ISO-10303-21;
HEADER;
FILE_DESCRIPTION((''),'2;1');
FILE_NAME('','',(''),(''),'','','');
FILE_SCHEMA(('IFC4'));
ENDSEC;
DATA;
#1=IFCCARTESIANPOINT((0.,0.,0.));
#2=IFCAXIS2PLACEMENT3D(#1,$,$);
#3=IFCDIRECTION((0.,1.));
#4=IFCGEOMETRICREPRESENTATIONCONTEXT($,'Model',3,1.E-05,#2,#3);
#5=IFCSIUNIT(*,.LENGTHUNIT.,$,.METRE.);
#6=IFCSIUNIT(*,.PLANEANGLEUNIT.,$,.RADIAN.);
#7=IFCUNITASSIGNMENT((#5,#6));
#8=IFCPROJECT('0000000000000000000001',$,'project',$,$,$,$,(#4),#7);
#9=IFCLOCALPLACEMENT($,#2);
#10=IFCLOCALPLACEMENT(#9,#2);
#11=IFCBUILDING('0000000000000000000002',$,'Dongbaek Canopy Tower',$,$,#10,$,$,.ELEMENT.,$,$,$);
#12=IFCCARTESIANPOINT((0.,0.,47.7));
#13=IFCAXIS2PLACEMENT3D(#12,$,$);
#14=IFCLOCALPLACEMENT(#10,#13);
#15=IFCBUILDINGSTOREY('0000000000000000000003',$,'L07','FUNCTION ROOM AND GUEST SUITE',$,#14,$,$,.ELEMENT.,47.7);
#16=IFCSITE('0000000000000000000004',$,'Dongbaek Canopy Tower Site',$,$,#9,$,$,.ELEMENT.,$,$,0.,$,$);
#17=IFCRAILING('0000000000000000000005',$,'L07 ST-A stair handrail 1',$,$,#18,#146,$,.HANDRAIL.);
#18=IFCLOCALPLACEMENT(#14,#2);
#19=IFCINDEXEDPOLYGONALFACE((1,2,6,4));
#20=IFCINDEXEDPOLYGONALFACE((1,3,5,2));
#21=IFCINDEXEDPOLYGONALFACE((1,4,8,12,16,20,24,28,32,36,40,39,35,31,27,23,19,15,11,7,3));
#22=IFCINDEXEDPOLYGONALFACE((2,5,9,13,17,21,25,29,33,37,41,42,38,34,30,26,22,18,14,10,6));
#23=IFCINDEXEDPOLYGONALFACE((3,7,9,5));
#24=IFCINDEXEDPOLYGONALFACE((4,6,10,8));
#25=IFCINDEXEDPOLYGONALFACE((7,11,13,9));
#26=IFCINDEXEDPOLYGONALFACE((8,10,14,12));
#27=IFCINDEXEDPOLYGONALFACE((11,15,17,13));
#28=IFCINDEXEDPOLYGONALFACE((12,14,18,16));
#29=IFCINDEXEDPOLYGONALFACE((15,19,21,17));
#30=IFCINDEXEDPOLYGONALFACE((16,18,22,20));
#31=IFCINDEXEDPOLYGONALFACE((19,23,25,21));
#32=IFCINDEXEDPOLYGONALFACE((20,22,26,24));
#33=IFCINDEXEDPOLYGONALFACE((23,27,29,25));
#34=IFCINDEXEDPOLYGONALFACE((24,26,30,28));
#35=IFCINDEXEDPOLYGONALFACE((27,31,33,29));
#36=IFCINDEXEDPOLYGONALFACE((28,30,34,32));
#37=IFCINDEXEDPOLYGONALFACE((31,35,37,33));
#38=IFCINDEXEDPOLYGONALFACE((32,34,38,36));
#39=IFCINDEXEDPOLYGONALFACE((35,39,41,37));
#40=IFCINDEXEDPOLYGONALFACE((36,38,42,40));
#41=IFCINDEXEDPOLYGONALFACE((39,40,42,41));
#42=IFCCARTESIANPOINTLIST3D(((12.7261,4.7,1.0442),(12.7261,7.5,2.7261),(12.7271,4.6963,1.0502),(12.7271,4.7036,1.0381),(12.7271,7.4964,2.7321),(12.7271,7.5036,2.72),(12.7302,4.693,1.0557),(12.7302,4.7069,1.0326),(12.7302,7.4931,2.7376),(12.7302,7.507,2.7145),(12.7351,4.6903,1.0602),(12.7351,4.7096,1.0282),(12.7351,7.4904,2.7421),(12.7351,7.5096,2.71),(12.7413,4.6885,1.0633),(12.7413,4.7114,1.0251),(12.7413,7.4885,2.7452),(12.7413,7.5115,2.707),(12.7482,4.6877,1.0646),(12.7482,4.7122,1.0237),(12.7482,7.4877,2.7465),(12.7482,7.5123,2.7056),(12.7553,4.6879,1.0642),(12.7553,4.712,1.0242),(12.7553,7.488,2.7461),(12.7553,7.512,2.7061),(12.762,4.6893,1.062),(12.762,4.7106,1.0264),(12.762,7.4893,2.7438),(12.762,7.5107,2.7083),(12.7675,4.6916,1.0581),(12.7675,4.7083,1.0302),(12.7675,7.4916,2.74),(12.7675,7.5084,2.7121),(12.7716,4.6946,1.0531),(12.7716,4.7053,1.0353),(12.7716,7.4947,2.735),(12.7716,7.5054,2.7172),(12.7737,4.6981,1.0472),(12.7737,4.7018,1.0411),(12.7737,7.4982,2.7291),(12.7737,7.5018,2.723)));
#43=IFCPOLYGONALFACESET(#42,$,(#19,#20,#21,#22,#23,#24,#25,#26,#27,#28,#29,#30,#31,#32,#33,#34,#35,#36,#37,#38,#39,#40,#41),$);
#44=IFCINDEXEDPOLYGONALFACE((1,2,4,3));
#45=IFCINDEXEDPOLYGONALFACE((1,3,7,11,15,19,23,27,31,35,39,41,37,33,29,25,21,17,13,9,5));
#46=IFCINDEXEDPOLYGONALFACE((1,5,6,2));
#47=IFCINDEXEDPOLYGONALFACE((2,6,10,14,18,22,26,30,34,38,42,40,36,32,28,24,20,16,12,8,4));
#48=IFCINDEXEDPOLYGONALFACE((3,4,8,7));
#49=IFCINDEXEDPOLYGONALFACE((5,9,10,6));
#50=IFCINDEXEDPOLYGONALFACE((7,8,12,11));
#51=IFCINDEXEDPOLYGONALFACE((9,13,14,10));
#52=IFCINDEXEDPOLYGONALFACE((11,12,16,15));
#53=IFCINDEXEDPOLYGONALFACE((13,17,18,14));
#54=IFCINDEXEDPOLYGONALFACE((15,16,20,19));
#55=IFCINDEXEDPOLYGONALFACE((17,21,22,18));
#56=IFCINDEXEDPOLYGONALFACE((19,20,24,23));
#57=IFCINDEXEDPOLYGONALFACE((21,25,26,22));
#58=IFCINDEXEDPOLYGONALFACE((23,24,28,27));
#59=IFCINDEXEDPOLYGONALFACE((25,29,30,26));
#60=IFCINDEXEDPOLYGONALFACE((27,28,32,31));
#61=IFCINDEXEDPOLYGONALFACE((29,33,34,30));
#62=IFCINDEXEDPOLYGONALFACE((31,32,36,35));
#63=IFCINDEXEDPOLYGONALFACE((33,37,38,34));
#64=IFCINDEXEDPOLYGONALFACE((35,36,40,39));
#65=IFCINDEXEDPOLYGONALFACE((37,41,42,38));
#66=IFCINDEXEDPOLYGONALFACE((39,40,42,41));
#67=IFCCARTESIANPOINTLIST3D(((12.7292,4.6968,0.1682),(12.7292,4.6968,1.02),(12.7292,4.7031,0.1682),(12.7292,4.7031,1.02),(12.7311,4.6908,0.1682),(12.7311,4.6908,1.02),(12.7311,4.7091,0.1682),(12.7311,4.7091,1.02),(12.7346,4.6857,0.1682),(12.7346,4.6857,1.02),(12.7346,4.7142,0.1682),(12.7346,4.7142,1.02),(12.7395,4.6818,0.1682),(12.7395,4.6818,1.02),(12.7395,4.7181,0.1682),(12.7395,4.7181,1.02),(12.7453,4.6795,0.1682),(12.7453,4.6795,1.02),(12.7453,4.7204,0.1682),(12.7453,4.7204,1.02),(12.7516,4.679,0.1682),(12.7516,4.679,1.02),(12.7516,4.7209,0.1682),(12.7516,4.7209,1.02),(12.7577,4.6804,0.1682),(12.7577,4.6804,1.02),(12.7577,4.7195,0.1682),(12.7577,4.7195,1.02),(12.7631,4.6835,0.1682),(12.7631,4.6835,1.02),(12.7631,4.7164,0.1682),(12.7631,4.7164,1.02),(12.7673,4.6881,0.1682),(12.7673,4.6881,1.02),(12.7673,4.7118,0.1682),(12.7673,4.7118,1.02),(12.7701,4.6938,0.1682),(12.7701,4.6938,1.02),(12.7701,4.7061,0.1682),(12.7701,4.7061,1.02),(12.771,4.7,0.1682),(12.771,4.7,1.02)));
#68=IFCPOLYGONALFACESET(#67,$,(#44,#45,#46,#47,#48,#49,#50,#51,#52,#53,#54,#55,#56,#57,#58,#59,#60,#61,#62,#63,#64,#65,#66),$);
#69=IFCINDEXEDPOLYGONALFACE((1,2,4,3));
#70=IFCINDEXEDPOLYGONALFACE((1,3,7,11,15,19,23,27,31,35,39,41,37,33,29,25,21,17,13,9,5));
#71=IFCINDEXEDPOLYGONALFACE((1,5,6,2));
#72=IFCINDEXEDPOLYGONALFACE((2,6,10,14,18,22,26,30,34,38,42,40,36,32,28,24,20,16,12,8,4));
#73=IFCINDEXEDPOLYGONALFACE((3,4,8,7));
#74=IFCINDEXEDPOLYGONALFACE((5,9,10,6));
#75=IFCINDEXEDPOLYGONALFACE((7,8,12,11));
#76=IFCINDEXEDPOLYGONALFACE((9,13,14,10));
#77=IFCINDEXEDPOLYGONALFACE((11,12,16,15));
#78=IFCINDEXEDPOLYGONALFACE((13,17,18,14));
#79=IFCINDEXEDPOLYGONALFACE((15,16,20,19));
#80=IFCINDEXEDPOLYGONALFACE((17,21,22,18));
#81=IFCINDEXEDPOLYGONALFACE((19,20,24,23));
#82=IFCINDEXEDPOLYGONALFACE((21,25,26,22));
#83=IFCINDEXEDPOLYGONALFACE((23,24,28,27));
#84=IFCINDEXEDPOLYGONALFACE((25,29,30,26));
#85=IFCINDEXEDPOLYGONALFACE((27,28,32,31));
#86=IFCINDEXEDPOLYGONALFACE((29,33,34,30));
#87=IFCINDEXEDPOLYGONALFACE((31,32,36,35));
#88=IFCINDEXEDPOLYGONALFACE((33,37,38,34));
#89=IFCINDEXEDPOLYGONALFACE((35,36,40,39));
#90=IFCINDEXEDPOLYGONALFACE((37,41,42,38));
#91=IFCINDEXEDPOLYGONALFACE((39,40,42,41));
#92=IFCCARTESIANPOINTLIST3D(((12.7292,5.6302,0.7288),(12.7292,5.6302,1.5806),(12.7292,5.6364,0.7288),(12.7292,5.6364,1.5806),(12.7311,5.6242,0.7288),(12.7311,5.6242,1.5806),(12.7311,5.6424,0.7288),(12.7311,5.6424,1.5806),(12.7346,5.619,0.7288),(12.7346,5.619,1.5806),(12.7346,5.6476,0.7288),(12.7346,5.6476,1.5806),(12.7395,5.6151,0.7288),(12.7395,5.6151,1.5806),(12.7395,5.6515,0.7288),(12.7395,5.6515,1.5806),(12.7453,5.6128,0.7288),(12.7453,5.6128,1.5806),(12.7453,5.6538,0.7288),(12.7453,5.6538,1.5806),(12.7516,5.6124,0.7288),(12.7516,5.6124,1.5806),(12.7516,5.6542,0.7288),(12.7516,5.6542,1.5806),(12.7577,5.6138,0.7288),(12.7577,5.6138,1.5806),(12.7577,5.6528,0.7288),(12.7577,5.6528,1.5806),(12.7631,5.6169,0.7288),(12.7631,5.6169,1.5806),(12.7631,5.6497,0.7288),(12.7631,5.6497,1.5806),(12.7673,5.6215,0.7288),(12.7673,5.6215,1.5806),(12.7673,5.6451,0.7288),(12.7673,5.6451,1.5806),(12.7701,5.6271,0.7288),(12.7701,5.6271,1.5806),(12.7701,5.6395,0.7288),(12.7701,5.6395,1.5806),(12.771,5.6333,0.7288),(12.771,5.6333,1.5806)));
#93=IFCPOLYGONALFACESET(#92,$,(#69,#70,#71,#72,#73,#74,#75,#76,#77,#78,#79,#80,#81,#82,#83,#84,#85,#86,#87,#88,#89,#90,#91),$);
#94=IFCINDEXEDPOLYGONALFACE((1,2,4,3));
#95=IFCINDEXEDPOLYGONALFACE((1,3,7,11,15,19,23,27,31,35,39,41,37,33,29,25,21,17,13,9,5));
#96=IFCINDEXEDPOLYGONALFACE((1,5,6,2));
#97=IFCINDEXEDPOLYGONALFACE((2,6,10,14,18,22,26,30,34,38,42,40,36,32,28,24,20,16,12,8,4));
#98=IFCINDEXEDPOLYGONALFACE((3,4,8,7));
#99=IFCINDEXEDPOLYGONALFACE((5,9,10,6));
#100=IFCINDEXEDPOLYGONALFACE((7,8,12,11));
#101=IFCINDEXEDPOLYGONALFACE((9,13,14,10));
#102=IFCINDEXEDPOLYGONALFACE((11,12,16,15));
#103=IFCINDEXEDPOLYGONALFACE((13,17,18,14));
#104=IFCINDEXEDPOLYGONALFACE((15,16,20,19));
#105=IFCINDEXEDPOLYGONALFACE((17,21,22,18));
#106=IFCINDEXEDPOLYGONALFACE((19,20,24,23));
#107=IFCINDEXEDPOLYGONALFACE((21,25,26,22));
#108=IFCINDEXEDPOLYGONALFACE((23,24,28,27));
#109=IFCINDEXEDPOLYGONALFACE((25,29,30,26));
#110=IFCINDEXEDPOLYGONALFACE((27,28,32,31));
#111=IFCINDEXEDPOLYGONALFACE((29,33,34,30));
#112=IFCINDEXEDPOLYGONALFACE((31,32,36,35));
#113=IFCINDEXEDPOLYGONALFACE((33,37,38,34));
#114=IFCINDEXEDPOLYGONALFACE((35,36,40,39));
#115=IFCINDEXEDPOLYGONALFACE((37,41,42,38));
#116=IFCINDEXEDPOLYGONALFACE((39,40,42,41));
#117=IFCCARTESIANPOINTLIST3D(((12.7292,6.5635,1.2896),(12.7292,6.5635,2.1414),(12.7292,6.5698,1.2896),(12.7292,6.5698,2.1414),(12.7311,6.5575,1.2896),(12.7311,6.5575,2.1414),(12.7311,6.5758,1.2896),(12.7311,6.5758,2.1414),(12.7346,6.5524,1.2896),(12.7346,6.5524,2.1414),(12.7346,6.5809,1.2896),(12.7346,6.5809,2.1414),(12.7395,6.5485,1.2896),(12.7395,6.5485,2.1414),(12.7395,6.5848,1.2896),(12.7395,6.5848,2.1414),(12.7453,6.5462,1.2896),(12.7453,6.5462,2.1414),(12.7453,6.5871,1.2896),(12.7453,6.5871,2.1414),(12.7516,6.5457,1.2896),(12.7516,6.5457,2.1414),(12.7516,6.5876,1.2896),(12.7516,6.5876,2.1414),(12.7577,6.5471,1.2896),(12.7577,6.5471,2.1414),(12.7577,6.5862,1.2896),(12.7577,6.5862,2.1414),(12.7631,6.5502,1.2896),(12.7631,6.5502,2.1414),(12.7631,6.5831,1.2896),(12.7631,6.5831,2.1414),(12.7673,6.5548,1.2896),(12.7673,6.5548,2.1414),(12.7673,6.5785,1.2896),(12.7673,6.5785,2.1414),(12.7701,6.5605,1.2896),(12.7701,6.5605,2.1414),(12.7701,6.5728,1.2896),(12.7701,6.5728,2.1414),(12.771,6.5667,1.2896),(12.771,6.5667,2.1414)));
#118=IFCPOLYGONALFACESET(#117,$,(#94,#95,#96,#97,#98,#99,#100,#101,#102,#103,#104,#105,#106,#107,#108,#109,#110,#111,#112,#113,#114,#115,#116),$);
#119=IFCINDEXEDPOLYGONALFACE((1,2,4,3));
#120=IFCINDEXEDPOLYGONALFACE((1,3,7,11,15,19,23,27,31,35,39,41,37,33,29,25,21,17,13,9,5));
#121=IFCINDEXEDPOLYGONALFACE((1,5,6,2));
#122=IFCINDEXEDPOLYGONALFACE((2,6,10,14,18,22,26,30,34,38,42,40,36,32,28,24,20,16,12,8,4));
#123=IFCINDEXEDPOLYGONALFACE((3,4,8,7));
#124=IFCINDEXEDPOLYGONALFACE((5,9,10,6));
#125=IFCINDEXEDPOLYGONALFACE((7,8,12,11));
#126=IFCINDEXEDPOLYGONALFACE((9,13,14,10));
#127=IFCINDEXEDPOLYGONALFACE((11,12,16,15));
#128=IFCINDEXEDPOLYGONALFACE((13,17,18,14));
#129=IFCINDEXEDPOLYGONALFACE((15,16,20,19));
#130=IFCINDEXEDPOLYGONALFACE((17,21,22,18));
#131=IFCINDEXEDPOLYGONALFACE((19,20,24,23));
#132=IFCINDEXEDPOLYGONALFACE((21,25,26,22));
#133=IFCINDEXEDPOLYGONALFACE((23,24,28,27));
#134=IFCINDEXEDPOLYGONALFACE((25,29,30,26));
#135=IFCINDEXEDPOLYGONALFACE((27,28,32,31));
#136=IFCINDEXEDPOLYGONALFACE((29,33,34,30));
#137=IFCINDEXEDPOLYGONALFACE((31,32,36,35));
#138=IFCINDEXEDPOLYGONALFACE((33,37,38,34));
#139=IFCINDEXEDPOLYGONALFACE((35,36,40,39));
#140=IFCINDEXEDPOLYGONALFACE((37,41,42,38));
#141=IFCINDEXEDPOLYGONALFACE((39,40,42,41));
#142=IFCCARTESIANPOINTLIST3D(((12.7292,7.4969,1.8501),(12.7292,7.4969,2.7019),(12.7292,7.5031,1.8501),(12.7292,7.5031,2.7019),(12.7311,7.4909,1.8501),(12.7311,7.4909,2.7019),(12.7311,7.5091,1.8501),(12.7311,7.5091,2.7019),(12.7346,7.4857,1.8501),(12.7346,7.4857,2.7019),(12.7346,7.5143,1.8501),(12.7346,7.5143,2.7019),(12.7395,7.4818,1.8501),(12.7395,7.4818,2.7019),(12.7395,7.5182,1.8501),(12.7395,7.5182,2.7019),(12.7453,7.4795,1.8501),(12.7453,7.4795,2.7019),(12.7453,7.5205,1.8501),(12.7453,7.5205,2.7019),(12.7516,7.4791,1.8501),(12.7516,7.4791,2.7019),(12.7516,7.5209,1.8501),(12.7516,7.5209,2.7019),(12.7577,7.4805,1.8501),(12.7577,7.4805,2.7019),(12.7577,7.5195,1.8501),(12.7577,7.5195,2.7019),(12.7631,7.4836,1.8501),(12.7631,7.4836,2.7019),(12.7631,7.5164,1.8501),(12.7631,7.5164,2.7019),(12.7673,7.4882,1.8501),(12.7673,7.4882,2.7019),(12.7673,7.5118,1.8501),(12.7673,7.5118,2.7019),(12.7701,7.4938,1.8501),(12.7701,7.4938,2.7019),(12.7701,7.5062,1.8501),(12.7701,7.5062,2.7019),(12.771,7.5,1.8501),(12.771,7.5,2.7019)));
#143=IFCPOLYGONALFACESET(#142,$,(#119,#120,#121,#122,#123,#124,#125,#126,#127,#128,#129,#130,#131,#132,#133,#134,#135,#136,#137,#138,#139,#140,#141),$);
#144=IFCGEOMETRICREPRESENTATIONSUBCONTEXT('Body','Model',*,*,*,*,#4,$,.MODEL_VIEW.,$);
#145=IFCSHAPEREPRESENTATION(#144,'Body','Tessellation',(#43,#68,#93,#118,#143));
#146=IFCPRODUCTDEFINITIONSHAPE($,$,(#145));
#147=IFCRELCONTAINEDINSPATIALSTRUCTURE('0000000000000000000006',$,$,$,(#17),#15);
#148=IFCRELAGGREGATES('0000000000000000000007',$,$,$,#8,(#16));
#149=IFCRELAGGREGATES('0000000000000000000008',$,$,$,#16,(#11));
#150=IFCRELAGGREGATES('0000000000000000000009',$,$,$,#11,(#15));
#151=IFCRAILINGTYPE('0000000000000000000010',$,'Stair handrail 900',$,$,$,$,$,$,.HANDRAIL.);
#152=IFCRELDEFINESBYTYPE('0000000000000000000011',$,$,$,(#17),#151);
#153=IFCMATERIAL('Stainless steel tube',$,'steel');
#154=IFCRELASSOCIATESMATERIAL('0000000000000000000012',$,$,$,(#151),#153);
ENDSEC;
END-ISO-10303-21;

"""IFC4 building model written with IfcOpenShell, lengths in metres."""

from ifc_helpers import new_model, si_unit, direction, frame, origin, origin_2d, place, context, subcontext, project, spatial, circle, extrude, material, type_object, element, save


model = new_model("IFC4")

# Units and contexts
model_context = context("Model", 3, precision=1e-05, world=origin(), true_north=direction((0.0, 1.0)))
body_context = subcontext(model_context, "Body", "Model", "MODEL_VIEW")
ifc_project = project(units=[si_unit("LENGTHUNIT", "METRE"), si_unit("PLANEANGLEUNIT", "RADIAN")], contexts=[model_context])

# Site, building, storey
site_placement = place(None, origin())
site = spatial("IfcSite", under=ifc_project, at=site_placement, Name="Dongbaek Canopy Tower Site", CompositionType="ELEMENT", RefElevation=0.0)
building_placement = place(site_placement, origin())
building = spatial("IfcBuilding", under=site, at=building_placement, Name="Dongbaek Canopy Tower", CompositionType="ELEMENT")
storey_placement = place(building_placement, frame((0.0, 0.0, 47.7)))
storey = spatial("IfcBuildingStorey", under=building, at=storey_placement, Name="L07", Description="FUNCTION ROOM AND GUEST SUITE", CompositionType="ELEMENT", Elevation=47.7)

# Railing
ifc_material_1 = material(Name="Stainless steel tube", Category="steel")
railing_type_1 = type_object("IfcRailingType", Name="Stair handrail 900", PredefinedType="HANDRAIL", material=ifc_material_1)
railing_1_placement = place(storey_placement, frame((12.75, 4.7, 0.1682)))
element("IfcRailing", 1, at=railing_1_placement, inside=storey, type_object=railing_type_1, Name="L07 ST-A stair handrail 1", PredefinedType="HANDRAIL", context=body_context, shape_type="SweptSolid", body=[
    extrude(circle(Radius=0.0239, at=origin_2d()), frame((0.0, 0.0, 0.876), z_axis=(0.0, 0.857242, 0.514913), x_axis=(-1.0, 0.0, 0.0)), (0.0, 0.0, 1.0), 3.2664),
    extrude(circle(Radius=0.021, at=origin_2d()), origin(), (0.0, 0.0, 1.0), 0.8518),
    extrude(circle(Radius=0.021, at=origin_2d()), frame((0.0, 0.9333, 0.5605)), (0.0, 0.0, 1.0), 0.8518),
    extrude(circle(Radius=0.021, at=origin_2d()), frame((0.0, 1.8667, 1.1213)), (0.0, 0.0, 1.0), 0.8518),
    extrude(circle(Radius=0.021, at=origin_2d()), frame((0.0, 2.8, 1.6819)), (0.0, 0.0, 1.0), 0.8518),
])

save(model, "model.ifc")
